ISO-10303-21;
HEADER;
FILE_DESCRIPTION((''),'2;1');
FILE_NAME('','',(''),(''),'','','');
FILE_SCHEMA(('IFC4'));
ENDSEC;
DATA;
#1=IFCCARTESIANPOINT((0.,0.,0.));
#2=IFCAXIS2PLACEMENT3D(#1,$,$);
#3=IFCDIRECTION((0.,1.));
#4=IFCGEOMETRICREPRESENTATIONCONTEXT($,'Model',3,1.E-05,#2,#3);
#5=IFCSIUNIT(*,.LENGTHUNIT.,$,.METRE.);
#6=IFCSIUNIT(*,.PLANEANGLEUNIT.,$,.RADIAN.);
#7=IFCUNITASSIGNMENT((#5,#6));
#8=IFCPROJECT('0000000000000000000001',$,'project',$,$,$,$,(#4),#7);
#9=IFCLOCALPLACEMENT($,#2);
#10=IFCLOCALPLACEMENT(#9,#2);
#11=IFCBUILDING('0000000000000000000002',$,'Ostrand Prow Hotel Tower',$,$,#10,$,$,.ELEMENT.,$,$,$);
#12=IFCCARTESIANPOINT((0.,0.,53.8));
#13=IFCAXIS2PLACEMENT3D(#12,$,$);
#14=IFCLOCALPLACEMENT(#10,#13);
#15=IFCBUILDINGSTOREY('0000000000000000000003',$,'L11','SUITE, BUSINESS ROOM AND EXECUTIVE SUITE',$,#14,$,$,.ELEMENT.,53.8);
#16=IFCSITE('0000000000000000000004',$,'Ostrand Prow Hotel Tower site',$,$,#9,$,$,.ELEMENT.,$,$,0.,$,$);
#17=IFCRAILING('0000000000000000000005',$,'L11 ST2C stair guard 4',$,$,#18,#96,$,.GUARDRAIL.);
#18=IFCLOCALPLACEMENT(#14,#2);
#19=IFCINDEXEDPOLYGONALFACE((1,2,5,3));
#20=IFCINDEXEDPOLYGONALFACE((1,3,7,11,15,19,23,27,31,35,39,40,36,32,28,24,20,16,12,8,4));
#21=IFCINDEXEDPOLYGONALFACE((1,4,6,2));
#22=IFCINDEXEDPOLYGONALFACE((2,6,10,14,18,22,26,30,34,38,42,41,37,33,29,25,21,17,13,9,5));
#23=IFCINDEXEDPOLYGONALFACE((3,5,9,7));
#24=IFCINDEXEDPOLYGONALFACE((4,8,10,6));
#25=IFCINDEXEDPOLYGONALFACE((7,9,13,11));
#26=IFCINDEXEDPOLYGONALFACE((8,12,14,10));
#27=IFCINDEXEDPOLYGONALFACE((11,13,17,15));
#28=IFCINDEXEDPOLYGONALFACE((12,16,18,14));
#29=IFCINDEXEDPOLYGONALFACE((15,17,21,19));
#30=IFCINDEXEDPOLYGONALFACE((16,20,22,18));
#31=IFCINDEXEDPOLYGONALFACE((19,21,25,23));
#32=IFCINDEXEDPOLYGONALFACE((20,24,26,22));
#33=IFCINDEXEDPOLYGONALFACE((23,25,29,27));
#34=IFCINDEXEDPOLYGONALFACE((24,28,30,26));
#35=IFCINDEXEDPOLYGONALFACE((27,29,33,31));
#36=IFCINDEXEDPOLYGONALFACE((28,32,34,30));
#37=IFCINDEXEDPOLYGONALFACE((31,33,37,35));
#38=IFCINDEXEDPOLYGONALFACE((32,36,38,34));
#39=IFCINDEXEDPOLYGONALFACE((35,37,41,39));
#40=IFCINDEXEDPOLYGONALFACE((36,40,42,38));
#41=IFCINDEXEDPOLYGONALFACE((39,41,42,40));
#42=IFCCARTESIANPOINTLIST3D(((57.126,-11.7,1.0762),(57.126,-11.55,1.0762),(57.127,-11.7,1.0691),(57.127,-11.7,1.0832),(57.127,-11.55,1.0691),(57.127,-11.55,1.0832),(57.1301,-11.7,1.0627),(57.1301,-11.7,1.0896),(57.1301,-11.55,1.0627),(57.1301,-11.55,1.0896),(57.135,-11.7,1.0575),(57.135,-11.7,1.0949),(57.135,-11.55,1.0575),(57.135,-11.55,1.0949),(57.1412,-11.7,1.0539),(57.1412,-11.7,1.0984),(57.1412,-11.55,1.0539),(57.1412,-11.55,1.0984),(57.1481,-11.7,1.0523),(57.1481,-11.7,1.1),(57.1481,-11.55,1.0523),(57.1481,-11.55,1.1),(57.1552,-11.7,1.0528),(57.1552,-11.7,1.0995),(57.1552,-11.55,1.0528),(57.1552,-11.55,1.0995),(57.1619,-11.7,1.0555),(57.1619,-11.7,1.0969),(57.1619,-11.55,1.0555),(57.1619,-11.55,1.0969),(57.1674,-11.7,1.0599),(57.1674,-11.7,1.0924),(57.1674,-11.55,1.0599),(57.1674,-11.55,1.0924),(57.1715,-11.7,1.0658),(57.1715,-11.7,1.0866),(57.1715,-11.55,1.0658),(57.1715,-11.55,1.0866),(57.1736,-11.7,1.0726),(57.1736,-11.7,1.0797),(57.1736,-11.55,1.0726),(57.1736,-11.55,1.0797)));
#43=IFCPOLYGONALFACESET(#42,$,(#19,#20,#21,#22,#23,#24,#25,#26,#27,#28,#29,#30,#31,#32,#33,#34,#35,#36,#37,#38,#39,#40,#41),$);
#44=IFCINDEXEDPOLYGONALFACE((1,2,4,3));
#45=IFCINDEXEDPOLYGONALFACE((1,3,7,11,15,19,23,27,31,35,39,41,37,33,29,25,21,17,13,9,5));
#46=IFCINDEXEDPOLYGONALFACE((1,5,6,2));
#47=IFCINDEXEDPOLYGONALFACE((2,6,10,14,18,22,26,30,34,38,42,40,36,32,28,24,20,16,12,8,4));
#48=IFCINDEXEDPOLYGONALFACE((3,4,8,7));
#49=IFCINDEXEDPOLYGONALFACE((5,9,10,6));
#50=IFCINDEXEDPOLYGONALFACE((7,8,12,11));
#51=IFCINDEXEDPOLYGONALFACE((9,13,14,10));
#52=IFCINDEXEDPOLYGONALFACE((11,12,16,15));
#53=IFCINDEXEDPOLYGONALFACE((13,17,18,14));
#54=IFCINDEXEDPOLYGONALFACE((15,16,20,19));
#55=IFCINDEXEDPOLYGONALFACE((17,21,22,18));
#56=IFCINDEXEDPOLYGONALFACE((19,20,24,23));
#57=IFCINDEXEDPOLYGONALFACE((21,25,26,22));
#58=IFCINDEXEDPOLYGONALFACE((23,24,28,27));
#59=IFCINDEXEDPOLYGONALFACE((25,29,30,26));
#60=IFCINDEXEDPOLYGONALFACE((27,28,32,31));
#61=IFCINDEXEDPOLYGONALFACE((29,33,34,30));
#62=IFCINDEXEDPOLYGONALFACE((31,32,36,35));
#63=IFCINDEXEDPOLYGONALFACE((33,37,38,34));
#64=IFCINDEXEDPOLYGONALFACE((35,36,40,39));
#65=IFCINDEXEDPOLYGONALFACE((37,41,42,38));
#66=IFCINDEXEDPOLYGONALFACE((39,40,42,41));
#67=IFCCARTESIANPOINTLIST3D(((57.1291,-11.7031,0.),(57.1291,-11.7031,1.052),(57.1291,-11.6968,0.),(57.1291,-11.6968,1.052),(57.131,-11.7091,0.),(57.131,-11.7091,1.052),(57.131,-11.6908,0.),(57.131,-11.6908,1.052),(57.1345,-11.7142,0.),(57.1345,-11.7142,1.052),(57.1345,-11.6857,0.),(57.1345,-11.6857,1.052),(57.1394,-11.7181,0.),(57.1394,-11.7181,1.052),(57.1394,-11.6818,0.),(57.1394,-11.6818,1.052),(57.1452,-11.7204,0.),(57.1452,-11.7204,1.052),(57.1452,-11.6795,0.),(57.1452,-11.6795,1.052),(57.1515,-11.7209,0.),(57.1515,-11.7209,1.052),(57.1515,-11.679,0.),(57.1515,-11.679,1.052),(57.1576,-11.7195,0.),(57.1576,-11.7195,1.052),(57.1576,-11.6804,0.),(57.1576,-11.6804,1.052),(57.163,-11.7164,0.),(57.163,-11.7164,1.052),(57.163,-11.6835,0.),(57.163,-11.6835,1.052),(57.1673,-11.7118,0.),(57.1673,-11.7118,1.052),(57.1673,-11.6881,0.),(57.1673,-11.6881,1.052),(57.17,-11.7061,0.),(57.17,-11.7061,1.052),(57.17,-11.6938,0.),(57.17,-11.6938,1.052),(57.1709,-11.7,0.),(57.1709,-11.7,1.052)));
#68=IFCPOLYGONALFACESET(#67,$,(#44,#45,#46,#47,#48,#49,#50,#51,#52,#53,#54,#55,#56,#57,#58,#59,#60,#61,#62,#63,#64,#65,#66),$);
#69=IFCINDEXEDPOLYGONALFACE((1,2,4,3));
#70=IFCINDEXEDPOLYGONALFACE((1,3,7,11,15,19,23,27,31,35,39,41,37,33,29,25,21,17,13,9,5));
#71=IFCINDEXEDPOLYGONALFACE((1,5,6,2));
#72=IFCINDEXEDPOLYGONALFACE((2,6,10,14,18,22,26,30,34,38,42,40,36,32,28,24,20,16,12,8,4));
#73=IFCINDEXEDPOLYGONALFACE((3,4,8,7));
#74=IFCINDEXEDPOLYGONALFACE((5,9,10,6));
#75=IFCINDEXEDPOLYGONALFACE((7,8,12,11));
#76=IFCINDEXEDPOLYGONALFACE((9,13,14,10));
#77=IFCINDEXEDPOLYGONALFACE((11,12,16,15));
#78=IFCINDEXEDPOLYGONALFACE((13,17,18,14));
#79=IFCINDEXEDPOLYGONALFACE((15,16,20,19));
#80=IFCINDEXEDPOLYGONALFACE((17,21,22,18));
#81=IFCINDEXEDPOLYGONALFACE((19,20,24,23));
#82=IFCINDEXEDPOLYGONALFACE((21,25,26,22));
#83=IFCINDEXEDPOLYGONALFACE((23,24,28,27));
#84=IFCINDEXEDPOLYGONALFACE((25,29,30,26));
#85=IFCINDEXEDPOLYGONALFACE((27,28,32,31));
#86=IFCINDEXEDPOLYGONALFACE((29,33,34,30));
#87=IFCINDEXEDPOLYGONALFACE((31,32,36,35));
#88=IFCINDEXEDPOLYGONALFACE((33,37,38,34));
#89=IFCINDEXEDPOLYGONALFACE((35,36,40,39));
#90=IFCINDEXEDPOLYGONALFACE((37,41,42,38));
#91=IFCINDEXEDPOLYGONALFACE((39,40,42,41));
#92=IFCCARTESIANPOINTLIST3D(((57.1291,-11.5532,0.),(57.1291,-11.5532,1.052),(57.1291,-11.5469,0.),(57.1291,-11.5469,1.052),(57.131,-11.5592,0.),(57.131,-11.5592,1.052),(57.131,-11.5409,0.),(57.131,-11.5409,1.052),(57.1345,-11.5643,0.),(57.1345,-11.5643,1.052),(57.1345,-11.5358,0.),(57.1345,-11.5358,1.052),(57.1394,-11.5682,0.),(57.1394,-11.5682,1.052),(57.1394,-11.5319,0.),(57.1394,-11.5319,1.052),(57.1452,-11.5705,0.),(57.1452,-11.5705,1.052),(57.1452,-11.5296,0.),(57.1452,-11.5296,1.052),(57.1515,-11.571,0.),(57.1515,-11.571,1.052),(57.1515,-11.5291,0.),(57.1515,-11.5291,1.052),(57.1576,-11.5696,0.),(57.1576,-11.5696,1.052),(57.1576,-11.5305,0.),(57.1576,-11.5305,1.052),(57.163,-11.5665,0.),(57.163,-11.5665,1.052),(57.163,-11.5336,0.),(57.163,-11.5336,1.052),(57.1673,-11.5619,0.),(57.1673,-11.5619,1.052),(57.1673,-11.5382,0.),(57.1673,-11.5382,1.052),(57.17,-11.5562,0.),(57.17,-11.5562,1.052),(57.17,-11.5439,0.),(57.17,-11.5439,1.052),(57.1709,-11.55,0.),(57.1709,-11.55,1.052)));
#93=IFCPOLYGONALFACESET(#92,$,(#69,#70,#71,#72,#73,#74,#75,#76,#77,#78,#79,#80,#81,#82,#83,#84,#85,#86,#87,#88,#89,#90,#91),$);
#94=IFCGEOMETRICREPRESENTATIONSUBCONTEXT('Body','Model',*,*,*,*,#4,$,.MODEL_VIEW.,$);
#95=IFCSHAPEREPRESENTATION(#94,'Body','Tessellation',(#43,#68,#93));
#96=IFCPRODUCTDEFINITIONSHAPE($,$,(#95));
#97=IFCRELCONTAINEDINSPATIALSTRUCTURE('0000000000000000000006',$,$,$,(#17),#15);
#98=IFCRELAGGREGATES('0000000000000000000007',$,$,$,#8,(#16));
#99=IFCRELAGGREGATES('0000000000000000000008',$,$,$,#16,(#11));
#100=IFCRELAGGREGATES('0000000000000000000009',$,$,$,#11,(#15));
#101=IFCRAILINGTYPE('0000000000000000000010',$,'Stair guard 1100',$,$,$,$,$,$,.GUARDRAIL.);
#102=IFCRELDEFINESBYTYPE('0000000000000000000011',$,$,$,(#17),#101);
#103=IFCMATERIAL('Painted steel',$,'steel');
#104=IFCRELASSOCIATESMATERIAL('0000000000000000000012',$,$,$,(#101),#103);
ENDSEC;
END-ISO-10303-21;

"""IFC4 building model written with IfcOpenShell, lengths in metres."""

from ifc_helpers import new_model, si_unit, direction, frame, origin, origin_2d, place, context, subcontext, project, spatial, circle, extrude, material, type_object, element, save


model = new_model("IFC4")

# Units and contexts
model_context = context("Model", 3, precision=1e-05, world=origin(), true_north=direction((0.0, 1.0)))
body_context = subcontext(model_context, "Body", "Model", "MODEL_VIEW")
ifc_project = project(units=[si_unit("LENGTHUNIT", "METRE"), si_unit("PLANEANGLEUNIT", "RADIAN")], contexts=[model_context])

# Site, building, storey
site_placement = place(None, origin())
site = spatial("IfcSite", under=ifc_project, at=site_placement, Name="Ostrand Prow Hotel Tower site", CompositionType="ELEMENT", RefElevation=0.0)
building_placement = place(site_placement, origin())
building = spatial("IfcBuilding", under=site, at=building_placement, Name="Ostrand Prow Hotel Tower", CompositionType="ELEMENT")
storey_placement = place(building_placement, frame((0.0, 0.0, 53.8)))
storey = spatial("IfcBuildingStorey", under=building, at=storey_placement, Name="L11", Description="SUITE, BUSINESS ROOM AND EXECUTIVE SUITE", CompositionType="ELEMENT", Elevation=53.8)

# Railing
ifc_material_1 = material(Name="Painted steel", Category="steel")
railing_type_1 = type_object("IfcRailingType", Name="Stair guard 1100", PredefinedType="GUARDRAIL", material=ifc_material_1)
railing_1_placement = place(storey_placement, frame((57.1499, -11.7, 0.0)))
element("IfcRailing", 1, at=railing_1_placement, inside=storey, type_object=railing_type_1, Name="L11 ST2C stair guard 4", PredefinedType="GUARDRAIL", context=body_context, shape_type="SweptSolid", body=[
    extrude(circle(Radius=0.0239, at=origin_2d()), frame((0.0, 0.0, 1.0762), z_axis=(0.0, 1.0, 0.0), x_axis=(-1.0, 0.0, 0.0)), (0.0, 0.0, 1.0), 0.1499),
    extrude(circle(Radius=0.021, at=origin_2d()), origin(), (0.0, 0.0, 1.0), 1.052),
    extrude(circle(Radius=0.021, at=origin_2d()), frame((0.0, 0.1499, 0.0)), (0.0, 0.0, 1.0), 1.052),
])

save(model, "model.ifc")
